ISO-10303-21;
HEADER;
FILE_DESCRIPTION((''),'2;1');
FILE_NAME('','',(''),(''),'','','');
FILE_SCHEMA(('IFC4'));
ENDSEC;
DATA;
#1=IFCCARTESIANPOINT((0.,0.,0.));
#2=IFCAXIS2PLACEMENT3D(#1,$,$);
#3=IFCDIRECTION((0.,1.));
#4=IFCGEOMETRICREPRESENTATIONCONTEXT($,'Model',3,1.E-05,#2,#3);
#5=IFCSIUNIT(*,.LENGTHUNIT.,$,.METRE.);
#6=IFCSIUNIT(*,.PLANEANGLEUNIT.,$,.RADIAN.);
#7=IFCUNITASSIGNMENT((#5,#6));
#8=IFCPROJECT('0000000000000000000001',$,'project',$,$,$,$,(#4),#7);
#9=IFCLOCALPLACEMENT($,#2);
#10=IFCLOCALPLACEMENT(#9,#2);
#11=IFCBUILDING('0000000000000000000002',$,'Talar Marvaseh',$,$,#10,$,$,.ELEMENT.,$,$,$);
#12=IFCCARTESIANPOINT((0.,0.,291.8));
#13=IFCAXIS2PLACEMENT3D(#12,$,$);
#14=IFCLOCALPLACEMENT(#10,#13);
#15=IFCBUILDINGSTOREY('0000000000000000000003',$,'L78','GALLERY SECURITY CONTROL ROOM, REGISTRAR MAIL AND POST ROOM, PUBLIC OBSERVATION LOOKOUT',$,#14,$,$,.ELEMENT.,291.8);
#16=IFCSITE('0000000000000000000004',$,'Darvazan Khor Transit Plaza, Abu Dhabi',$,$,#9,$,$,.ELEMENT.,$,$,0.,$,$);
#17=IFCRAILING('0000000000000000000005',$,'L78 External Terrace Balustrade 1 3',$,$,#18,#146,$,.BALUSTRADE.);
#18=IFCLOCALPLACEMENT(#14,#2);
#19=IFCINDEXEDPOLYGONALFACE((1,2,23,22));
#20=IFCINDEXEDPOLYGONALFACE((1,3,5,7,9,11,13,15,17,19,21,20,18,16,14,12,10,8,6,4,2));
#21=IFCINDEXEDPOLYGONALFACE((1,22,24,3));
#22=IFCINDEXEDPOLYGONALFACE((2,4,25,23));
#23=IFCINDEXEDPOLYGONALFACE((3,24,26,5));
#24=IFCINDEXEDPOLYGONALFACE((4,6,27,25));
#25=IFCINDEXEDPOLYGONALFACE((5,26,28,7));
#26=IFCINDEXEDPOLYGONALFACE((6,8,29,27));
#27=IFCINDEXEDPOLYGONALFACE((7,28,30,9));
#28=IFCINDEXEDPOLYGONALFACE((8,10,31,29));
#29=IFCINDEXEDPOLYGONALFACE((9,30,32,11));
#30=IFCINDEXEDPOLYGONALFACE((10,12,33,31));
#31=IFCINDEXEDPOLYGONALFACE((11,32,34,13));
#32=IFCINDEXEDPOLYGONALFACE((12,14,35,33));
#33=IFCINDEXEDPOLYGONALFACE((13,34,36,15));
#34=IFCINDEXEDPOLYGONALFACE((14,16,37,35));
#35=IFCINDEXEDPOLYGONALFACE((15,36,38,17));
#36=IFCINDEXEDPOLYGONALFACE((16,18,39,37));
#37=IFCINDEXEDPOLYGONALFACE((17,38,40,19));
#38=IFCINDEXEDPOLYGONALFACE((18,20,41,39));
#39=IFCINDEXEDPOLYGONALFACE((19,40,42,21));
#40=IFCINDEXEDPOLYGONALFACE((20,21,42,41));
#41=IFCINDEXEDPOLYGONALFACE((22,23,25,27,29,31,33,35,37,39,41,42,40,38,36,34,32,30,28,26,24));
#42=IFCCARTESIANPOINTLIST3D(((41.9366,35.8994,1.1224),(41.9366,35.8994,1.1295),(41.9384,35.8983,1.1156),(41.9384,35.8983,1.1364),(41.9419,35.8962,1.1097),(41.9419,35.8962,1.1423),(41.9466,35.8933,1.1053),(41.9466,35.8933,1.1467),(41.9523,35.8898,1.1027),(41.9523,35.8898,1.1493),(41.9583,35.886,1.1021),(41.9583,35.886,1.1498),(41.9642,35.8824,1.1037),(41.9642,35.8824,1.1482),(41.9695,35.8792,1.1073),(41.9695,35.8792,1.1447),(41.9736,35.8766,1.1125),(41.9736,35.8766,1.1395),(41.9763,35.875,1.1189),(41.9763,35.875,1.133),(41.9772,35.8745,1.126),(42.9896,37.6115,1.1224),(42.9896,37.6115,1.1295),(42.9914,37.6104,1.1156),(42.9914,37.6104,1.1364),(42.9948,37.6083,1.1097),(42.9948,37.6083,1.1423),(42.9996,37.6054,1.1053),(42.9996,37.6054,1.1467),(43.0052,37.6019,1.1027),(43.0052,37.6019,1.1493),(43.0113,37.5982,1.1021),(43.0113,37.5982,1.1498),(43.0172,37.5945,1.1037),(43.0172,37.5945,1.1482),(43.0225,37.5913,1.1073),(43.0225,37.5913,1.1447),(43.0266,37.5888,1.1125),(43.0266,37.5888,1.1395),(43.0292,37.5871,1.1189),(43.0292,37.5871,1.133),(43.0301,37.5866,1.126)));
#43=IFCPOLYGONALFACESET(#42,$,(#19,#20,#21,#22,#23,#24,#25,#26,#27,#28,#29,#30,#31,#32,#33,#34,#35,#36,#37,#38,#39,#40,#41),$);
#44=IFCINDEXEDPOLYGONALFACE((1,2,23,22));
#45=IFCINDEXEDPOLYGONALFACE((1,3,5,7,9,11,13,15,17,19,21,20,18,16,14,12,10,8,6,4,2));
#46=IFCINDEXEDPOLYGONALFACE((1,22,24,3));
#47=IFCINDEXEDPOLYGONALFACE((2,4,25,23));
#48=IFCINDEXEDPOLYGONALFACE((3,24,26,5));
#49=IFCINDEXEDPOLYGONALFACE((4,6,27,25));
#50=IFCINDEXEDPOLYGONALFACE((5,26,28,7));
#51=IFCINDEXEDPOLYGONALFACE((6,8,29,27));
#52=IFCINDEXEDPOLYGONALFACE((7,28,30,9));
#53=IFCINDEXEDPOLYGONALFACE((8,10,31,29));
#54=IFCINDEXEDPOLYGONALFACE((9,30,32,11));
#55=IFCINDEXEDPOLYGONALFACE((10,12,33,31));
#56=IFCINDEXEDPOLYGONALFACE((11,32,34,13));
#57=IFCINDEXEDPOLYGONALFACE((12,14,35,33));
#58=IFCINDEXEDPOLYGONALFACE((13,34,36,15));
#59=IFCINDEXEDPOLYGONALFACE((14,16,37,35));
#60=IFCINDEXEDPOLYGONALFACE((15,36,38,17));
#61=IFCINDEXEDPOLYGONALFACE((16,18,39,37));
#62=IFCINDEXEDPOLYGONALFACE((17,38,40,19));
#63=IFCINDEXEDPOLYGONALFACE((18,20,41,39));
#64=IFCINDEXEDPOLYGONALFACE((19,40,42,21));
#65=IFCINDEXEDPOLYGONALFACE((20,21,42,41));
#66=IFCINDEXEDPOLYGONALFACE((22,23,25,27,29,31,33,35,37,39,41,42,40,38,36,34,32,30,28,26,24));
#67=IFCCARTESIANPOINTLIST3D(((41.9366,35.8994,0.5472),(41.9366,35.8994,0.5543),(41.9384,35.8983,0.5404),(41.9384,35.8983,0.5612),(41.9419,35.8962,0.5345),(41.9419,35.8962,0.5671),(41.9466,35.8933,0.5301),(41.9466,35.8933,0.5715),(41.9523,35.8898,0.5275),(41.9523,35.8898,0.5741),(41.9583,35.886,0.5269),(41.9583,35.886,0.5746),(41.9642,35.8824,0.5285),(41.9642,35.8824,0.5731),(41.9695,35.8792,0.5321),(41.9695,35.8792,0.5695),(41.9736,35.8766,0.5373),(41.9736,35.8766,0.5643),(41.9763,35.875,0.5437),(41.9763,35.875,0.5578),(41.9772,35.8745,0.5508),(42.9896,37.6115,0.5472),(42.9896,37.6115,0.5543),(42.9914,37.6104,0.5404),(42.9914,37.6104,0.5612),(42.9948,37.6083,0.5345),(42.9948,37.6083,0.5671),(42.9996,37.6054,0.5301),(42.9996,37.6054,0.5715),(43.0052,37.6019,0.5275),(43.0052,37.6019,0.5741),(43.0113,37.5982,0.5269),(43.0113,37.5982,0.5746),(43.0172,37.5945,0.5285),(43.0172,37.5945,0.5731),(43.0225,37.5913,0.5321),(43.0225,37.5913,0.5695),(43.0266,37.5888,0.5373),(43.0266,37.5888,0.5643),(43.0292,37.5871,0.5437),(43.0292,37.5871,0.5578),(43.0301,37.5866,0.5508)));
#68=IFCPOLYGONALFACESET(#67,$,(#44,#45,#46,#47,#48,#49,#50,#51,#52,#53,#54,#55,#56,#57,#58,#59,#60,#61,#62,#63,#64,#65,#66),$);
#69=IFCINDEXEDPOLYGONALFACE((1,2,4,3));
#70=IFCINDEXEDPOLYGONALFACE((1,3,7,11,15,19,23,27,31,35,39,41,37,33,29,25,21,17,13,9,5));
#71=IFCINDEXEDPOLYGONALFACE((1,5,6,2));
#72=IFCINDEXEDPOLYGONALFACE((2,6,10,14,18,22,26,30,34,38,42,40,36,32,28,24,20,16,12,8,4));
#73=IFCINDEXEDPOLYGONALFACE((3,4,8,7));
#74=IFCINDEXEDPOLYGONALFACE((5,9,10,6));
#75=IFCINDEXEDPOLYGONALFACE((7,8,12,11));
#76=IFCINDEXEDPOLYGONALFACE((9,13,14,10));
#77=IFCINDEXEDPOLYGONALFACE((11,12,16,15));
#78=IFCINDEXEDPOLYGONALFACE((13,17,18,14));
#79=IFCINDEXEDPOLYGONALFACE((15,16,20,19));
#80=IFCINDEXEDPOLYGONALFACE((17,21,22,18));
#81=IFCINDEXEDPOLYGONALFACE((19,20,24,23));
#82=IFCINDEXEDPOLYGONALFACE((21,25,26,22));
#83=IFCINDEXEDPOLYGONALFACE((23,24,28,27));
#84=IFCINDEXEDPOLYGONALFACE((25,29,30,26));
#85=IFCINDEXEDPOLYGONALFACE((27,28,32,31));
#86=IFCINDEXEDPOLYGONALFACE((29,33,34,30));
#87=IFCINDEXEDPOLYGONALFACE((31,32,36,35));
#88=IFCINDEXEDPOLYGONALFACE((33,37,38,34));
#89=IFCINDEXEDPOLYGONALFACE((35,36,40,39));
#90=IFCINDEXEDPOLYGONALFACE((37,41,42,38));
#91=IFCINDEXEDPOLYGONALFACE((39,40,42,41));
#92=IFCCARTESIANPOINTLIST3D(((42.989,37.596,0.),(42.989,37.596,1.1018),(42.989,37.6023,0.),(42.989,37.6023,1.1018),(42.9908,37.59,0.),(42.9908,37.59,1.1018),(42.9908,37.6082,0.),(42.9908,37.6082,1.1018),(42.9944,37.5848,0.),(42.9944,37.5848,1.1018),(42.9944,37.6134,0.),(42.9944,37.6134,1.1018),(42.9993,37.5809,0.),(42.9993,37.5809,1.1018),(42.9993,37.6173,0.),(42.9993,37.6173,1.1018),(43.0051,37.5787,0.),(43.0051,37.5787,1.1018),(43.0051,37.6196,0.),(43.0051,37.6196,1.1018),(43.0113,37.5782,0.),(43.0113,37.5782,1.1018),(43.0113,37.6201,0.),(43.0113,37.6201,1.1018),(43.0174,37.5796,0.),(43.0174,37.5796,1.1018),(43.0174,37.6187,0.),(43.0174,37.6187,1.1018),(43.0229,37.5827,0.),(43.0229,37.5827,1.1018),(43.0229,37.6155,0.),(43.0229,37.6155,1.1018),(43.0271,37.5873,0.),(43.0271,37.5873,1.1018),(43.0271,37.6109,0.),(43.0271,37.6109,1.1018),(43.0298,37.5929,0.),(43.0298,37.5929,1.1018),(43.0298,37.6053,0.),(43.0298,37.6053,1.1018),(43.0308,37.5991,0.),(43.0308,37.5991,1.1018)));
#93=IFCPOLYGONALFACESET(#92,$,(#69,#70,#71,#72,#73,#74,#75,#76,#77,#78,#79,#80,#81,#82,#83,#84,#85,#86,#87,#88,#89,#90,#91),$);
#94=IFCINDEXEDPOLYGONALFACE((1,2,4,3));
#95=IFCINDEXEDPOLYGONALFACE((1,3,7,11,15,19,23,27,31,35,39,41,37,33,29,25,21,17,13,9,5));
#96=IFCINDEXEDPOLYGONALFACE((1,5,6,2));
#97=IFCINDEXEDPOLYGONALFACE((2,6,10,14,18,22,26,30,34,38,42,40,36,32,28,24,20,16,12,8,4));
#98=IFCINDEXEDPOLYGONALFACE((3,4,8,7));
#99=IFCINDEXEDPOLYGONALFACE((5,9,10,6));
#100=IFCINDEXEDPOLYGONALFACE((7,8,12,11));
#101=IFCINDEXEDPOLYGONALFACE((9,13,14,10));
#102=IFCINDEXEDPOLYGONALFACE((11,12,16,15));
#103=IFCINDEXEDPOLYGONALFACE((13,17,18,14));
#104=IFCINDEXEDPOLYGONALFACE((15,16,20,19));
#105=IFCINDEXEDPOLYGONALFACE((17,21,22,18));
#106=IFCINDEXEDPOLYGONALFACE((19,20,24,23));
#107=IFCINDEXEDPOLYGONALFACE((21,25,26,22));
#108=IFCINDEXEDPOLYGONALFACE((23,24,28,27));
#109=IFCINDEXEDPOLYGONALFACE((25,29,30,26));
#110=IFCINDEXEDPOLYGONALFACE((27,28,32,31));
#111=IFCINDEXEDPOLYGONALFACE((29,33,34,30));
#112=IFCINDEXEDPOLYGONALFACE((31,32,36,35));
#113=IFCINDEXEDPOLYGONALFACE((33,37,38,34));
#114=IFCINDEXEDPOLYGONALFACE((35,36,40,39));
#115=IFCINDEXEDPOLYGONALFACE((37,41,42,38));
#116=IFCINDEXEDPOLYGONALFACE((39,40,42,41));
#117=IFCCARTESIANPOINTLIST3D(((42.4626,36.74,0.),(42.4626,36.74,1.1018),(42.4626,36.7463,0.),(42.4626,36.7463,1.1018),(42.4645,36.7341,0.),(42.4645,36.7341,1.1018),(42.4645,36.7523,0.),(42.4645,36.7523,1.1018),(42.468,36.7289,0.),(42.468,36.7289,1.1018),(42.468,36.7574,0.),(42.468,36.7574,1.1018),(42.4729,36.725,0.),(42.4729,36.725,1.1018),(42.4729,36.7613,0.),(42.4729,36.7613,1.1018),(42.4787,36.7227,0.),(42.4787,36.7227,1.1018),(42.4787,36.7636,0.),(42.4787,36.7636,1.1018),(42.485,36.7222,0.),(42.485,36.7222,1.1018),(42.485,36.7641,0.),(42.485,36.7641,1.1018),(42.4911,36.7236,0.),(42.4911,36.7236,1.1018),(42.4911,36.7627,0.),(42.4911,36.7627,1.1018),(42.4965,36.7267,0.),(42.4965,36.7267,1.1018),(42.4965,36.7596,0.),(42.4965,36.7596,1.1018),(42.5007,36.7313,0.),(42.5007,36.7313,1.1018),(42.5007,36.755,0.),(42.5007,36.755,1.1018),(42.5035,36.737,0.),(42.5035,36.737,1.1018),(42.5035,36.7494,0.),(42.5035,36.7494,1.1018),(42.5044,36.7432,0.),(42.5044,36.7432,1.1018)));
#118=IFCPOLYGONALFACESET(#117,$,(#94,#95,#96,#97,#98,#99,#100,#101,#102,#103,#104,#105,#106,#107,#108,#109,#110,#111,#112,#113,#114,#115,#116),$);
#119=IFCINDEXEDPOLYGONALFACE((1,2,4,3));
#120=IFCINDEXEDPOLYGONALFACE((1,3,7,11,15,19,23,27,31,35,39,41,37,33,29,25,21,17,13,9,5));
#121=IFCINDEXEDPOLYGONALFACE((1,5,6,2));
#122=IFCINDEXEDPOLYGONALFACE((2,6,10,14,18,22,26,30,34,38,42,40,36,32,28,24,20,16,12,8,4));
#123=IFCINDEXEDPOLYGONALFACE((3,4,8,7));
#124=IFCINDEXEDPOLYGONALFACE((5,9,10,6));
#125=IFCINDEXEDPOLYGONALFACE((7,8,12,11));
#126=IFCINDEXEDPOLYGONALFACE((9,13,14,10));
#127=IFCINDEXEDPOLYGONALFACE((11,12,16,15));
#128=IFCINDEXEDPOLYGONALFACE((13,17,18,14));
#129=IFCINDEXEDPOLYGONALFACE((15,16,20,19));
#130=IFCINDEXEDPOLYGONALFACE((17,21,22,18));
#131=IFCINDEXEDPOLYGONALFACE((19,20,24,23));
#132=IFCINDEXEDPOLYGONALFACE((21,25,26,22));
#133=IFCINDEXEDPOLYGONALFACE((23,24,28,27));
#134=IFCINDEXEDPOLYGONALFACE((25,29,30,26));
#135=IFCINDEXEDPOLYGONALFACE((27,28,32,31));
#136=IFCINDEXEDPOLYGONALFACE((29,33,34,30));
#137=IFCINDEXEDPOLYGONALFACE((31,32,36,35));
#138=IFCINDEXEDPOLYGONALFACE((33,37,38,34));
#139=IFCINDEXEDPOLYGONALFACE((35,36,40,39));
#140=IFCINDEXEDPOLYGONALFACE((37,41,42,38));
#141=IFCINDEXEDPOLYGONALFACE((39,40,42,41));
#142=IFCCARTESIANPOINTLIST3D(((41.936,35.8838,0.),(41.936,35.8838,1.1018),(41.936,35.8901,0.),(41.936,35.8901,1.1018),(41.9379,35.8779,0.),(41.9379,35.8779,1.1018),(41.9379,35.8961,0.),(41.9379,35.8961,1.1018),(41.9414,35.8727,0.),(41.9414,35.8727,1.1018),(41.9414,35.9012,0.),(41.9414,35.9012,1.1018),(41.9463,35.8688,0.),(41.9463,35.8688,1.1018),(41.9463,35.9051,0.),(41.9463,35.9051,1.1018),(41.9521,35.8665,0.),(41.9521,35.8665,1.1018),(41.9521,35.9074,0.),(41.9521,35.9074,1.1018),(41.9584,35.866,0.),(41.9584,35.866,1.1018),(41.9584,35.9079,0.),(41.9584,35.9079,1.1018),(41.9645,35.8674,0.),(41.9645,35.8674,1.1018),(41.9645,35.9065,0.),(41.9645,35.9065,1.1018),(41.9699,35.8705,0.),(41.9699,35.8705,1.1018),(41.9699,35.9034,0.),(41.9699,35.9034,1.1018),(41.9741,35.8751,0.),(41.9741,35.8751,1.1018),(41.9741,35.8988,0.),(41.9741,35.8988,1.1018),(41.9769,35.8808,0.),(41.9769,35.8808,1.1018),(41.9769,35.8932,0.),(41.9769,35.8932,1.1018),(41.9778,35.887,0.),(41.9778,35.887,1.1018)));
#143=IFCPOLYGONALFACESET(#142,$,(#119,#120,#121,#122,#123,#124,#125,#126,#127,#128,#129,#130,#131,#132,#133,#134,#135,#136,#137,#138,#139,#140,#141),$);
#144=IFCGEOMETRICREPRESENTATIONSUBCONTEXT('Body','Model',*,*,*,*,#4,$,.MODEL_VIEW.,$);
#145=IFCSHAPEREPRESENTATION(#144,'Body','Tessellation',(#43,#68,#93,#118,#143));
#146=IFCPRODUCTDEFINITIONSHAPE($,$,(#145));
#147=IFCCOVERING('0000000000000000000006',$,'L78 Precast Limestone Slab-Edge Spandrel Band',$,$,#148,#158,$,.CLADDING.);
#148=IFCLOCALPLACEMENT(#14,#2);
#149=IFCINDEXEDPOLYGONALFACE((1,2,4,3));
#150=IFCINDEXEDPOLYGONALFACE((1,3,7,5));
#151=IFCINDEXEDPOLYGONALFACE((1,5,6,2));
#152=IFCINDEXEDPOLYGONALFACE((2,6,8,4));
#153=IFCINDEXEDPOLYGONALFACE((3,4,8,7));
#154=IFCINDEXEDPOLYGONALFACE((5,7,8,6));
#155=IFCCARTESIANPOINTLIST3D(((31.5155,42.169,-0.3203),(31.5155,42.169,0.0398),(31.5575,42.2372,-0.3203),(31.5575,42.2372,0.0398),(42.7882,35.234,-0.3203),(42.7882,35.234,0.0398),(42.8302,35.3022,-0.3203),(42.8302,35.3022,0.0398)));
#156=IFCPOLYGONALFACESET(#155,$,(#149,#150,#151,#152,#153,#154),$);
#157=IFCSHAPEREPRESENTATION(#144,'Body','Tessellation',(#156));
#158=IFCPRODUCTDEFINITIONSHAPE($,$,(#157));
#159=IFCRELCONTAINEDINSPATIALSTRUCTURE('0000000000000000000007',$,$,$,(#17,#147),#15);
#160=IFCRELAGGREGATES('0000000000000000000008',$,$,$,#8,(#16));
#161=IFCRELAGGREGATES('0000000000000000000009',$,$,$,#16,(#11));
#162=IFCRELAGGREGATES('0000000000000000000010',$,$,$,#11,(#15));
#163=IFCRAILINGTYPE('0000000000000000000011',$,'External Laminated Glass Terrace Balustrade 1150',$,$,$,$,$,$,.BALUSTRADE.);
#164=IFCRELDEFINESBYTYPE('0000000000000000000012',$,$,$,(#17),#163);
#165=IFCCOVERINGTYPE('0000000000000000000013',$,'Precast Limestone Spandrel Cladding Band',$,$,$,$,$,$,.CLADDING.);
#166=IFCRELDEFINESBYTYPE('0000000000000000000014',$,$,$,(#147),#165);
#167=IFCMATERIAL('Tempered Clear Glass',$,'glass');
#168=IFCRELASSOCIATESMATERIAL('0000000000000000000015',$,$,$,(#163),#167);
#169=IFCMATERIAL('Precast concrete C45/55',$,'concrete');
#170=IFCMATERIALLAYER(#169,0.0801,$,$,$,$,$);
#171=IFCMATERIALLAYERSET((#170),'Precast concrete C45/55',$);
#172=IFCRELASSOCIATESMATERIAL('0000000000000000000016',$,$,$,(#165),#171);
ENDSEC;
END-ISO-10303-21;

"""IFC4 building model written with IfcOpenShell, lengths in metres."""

from ifc_helpers import new_model, si_unit, direction, frame, origin, origin_2d, place, context, subcontext, project, spatial, rectangle, circle, extrude, source, transform, mapped, material, layer, layer_set, type_object, type_shapes, element, save


model = new_model("IFC4")

# Units and contexts
model_context = context("Model", 3, precision=1e-05, world=origin(), true_north=direction((0.0, 1.0)))
body_context = subcontext(model_context, "Body", "Model", "MODEL_VIEW")
ifc_project = project(units=[si_unit("LENGTHUNIT", "METRE"), si_unit("PLANEANGLEUNIT", "RADIAN")], contexts=[model_context])

# Site, building, storey
site_placement = place(None, origin())
site = spatial("IfcSite", under=ifc_project, at=site_placement, Name="Darvazan Khor Transit Plaza, Abu Dhabi", CompositionType="ELEMENT", RefElevation=0.0)
building_placement = place(site_placement, origin())
building = spatial("IfcBuilding", under=site, at=building_placement, Name="Talar Marvaseh", CompositionType="ELEMENT")
storey_placement = place(building_placement, frame((0.0, 0.0, 291.8)))
storey = spatial("IfcBuildingStorey", under=building, at=storey_placement, Name="L78", Description="GALLERY SECURITY CONTROL ROOM, REGISTRAR MAIL AND POST ROOM, PUBLIC OBSERVATION LOOKOUT", CompositionType="ELEMENT", Elevation=291.8)

# Shared definitions
ifc_material_1 = material(Name="Precast concrete C45/55", Category="concrete")

# Railing
ifc_material_2 = material(Name="Tempered Clear Glass", Category="glass")
railing_type = type_object("IfcRailingType", Name="External Laminated Glass Terrace Balustrade 1150", PredefinedType="BALUSTRADE", material=ifc_material_2)
railing_1_placement = place(storey_placement, frame((43.0098, 37.5991, 0.0)))
element("IfcRailing", 1, at=railing_1_placement, inside=storey, type_object=railing_type, Name="L78 External Terrace Balustrade 1 3", PredefinedType="BALUSTRADE", context=body_context, shape_type="SweptSolid", body=[
    extrude(circle(Radius=0.0239, at=origin_2d()), frame((0.0, 0.0, 1.126), z_axis=(-0.52386, -0.851804, 0.0), x_axis=(0.851804, -0.52386, 0.0)), (0.0, 0.0, 1.0), 2.01),
    extrude(circle(Radius=0.0239, at=origin_2d()), frame((0.0, 0.0, 0.5508), z_axis=(-0.52386, -0.851804, 0.0), x_axis=(0.851804, -0.52386, 0.0)), (0.0, 0.0, 1.0), 2.01),
    extrude(circle(Radius=0.021, at=origin_2d()), origin(), (0.0, 0.0, 1.0), 1.1018),
    extrude(circle(Radius=0.021, at=origin_2d()), frame((-0.5264, -0.856, 0.0)), (0.0, 0.0, 1.0), 1.1018),
    extrude(circle(Radius=0.021, at=origin_2d()), frame((-1.053, -1.7122, 0.0)), (0.0, 0.0, 1.0), 1.1018),
])

# Covering
ifc_layer_1 = layer(ifc_material_1, 0.0801)
ifc_layer_set_1 = layer_set([ifc_layer_1], Name="Precast concrete C45/55")
covering_type = type_object("IfcCoveringType", Name="Precast Limestone Spandrel Cladding Band", PredefinedType="CLADDING", material=ifc_layer_set_1)
shared_shape_1 = source(origin(), body_context, "Body", "SweptSolid", [
    extrude(rectangle(XDim=13.2351, YDim=0.0801, at=origin_2d()), origin(), (0.0, 0.0, 1.0), 0.3601),
])
type_shapes(covering_type, [shared_shape_1])
covering_placement = place(storey_placement, frame((37.1729, 38.7356, -0.3203), z_axis=(0.0, 0.0, 1.0), x_axis=(0.851727, -0.523986, 0.0)))
element("IfcCovering", 2, at=covering_placement, inside=storey, type_object=covering_type, Name="L78 Precast Limestone Slab-Edge Spandrel Band", PredefinedType="CLADDING", context=body_context, shape_type="MappedRepresentation", body=[
    mapped(shared_shape_1, transform((0.0, 0.0, 0.0), x_axis=(1.0, 0.0, 0.0), y_axis=(0.0, 1.0, 0.0), z_axis=(0.0, 0.0, 1.0), scale=1.0)),
])

save(model, "model.ifc")
